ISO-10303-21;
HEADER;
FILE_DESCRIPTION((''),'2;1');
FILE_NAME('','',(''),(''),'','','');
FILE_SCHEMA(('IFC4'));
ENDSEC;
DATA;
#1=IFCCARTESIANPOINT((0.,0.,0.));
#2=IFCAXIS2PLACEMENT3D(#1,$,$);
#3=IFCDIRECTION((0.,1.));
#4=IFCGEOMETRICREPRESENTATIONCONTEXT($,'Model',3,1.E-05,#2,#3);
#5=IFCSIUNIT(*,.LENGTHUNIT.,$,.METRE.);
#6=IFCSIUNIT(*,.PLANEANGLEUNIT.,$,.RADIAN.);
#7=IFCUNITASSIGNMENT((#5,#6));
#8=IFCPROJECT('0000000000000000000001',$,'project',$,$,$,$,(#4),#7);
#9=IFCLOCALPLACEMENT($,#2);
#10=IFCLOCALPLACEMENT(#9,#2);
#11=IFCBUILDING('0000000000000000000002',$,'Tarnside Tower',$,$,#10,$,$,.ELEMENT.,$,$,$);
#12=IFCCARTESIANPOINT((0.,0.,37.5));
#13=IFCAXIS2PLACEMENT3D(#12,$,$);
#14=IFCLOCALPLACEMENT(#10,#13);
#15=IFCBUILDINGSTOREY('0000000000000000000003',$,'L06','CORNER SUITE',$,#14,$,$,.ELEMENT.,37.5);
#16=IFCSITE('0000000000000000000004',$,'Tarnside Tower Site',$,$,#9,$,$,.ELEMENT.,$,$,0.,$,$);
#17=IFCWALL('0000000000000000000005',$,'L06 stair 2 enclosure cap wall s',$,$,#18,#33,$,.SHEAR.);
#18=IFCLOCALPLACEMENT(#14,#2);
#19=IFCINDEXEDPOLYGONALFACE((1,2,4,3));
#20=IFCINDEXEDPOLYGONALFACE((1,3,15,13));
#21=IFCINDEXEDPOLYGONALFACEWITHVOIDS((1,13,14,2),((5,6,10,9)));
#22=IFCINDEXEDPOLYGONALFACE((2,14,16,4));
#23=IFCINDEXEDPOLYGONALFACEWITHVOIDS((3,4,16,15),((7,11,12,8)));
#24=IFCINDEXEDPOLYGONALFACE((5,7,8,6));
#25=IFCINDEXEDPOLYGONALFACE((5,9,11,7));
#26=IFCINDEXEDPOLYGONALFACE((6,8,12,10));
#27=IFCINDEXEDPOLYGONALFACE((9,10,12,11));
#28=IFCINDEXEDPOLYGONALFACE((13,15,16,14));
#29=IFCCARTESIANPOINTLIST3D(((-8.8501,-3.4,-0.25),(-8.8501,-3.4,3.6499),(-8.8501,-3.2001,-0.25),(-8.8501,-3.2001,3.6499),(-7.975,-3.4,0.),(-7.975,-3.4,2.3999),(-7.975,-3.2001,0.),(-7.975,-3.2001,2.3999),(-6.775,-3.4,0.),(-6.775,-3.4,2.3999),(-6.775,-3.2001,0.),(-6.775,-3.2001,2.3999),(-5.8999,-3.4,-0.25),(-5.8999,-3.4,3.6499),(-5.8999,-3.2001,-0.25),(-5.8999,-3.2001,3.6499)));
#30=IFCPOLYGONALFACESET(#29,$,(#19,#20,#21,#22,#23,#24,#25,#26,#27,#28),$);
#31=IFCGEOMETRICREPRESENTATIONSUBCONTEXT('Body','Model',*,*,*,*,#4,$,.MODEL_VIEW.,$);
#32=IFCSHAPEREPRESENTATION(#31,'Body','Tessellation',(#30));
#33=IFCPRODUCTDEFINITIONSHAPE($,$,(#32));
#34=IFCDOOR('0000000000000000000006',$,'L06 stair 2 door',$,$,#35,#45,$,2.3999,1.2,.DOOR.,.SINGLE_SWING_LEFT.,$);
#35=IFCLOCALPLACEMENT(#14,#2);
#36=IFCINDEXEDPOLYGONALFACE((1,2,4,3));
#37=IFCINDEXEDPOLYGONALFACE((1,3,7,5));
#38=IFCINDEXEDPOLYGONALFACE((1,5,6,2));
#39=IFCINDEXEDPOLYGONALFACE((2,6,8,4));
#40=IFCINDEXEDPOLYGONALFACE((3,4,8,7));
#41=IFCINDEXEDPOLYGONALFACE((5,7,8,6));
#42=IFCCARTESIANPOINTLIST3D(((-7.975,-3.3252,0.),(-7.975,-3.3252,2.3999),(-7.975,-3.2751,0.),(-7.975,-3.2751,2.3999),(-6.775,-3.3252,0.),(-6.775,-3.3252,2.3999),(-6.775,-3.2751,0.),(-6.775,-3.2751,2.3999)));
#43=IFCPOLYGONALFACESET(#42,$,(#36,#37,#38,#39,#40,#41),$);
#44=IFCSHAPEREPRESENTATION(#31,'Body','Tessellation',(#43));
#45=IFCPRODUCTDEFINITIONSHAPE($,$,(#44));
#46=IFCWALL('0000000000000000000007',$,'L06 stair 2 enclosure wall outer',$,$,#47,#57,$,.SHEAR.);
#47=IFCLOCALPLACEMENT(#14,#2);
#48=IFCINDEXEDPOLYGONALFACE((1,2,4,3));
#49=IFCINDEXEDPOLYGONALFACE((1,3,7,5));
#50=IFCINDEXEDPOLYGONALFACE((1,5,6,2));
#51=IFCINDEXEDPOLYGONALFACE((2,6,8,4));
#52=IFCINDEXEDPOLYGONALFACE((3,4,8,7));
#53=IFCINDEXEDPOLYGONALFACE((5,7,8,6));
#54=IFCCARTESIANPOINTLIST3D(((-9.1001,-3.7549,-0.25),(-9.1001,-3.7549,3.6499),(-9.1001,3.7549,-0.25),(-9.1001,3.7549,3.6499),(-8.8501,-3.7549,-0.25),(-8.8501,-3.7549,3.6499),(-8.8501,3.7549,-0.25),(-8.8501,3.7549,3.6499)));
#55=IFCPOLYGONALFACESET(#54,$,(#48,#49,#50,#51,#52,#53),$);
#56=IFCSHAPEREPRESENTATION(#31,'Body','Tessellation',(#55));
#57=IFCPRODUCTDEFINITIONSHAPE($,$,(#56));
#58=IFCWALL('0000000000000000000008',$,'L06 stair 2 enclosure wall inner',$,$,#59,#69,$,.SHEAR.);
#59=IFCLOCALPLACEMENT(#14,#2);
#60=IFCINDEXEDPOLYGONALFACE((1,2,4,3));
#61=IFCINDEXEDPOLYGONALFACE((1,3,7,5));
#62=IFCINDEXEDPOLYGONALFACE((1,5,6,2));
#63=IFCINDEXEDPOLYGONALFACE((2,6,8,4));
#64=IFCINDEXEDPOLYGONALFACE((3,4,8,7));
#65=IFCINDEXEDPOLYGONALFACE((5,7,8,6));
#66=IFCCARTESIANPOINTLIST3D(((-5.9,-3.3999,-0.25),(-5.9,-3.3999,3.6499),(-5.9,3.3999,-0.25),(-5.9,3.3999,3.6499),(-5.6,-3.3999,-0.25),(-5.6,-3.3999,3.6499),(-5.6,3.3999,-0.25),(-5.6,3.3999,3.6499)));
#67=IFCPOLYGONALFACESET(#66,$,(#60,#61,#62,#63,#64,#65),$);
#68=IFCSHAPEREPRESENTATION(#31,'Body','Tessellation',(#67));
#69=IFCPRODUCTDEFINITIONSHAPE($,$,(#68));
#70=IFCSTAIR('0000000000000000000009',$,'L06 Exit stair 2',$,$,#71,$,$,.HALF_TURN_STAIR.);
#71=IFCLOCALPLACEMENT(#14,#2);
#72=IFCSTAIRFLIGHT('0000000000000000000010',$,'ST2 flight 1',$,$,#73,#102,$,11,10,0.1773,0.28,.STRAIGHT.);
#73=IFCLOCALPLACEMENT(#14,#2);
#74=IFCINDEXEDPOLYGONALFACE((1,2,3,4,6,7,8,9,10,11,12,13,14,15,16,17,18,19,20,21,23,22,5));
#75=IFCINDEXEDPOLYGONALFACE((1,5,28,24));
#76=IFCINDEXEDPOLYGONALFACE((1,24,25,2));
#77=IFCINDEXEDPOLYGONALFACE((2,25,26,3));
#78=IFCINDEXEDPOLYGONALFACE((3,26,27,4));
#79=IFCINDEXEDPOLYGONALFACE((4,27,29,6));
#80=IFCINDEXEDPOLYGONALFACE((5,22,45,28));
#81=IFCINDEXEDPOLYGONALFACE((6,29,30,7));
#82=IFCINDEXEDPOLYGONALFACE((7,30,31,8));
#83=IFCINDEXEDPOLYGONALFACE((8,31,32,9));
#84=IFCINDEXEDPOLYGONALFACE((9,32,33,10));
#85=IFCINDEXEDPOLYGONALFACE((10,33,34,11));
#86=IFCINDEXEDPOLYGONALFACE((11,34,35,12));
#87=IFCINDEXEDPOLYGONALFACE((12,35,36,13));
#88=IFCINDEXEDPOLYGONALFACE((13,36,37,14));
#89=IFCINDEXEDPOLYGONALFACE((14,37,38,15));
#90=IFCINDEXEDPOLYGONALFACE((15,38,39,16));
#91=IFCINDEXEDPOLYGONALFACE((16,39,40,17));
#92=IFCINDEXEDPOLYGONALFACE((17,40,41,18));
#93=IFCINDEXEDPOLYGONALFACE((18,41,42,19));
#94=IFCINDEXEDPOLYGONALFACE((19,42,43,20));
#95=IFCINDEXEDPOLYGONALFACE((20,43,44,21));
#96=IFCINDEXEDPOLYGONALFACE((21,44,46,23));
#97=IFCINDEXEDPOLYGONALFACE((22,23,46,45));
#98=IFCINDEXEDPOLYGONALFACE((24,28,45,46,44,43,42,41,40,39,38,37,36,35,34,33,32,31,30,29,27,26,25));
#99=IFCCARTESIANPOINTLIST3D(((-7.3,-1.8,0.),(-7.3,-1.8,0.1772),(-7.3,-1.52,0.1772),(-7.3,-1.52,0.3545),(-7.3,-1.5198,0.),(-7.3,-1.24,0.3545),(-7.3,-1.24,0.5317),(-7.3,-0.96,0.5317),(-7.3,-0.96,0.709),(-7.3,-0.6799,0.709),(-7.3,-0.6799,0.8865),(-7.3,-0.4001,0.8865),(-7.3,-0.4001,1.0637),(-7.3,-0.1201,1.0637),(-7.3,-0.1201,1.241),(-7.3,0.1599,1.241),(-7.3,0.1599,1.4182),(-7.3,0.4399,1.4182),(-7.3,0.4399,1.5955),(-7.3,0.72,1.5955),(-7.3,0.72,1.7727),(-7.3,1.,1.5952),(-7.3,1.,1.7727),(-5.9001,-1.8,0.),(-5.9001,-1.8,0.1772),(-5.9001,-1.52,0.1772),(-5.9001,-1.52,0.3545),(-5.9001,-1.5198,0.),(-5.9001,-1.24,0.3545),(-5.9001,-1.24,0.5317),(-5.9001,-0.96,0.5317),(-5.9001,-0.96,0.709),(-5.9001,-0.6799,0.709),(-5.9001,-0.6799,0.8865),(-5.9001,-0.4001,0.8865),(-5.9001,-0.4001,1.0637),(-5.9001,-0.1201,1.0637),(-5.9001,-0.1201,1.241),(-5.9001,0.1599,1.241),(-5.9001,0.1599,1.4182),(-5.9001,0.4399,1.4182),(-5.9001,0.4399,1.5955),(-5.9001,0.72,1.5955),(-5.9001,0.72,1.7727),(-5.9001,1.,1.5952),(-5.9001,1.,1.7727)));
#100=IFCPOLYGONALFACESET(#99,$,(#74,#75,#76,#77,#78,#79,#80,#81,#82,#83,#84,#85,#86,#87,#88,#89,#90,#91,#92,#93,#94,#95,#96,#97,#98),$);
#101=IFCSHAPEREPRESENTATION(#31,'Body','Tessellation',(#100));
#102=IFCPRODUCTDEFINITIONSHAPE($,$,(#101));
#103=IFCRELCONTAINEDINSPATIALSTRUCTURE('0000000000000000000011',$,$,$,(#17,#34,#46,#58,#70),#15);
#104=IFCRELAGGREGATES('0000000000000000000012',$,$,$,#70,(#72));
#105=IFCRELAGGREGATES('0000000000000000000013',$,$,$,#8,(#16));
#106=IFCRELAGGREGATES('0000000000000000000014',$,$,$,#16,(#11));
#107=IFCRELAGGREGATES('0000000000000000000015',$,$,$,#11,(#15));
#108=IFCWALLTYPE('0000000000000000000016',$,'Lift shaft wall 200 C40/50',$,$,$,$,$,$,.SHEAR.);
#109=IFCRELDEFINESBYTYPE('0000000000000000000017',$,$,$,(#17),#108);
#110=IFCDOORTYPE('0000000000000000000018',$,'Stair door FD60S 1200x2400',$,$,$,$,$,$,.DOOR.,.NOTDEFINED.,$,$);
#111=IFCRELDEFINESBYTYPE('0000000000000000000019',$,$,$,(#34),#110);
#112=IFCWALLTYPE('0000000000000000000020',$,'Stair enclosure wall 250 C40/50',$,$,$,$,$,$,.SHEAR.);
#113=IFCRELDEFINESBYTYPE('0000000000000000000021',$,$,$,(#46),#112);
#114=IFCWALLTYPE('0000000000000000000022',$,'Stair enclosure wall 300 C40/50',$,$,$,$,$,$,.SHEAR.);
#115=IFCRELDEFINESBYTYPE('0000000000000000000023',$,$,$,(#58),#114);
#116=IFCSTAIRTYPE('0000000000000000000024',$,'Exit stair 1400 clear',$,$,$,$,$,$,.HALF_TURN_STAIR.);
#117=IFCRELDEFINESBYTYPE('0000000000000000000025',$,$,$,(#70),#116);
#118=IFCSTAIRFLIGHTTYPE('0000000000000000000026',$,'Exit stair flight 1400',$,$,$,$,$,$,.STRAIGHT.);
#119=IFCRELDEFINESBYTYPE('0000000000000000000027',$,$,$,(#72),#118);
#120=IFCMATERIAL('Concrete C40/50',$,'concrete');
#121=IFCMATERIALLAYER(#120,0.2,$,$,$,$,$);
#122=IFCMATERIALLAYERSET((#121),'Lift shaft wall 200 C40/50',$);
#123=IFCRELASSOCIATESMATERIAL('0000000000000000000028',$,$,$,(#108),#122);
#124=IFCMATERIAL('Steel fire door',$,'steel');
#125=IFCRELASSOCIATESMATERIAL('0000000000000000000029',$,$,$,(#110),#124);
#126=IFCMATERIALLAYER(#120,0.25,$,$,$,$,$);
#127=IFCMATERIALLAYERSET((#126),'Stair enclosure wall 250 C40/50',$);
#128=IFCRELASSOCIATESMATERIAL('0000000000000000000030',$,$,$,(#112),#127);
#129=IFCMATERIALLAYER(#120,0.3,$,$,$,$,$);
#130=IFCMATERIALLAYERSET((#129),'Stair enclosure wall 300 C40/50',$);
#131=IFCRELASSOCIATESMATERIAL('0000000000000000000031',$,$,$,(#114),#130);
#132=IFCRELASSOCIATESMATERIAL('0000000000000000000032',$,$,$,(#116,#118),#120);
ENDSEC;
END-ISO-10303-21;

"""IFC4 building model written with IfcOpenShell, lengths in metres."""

from ifc_helpers import new_model, si_unit, direction, frame, frame_2d, origin, place, context, subcontext, project, spatial, polyline, rectangle, outline, extrude, material, layer, layer_set, type_object, element, fill, aggregate, save


model = new_model("IFC4")

# Units and contexts
model_context = context("Model", 3, precision=1e-05, world=origin(), true_north=direction((0.0, 1.0)))
body_context = subcontext(model_context, "Body", "Model", "MODEL_VIEW")
ifc_project = project(units=[si_unit("LENGTHUNIT", "METRE"), si_unit("PLANEANGLEUNIT", "RADIAN")], contexts=[model_context])

# Site, building, storey
site_placement = place(None, origin())
site = spatial("IfcSite", under=ifc_project, at=site_placement, Name="Tarnside Tower Site", CompositionType="ELEMENT", RefElevation=0.0)
building_placement = place(site_placement, origin())
building = spatial("IfcBuilding", under=site, at=building_placement, Name="Tarnside Tower", CompositionType="ELEMENT")
storey_placement = place(building_placement, frame((0.0, 0.0, 37.5)))
storey = spatial("IfcBuildingStorey", under=building, at=storey_placement, Name="L06", Description="CORNER SUITE", CompositionType="ELEMENT", Elevation=37.5)

# Shared definitions
ifc_material_1 = material(Name="Steel fire door", Category="steel")

# Shared definitions
ifc_material_2 = material(Name="Concrete C40/50", Category="concrete")

# Shared definitions
ifc_layer_1 = layer(ifc_material_2, 0.2)
ifc_layer_set_1 = layer_set([ifc_layer_1], Name="Lift shaft wall 200 C40/50")
wall_type_1 = type_object("IfcWallType", Name="Lift shaft wall 200 C40/50", PredefinedType="SHEAR", material=ifc_layer_set_1)

# Wall, opening, door
wall_1_placement = place(storey_placement, frame((-8.8501, -3.3, -0.25), z_axis=(0.0, 0.0, 1.0), x_axis=(1.0, 0.0, 0.0)))
wall_1 = element("IfcWall", 1, at=wall_1_placement, inside=storey, type_object=wall_type_1, Name="L06 stair 2 enclosure cap wall s", PredefinedType="SHEAR", context=body_context, shape_type="SweptSolid", body=[
    extrude(rectangle(XDim=2.9502, YDim=0.2, at=frame_2d((1.4751, 0.0))), origin(), (0.0, 0.0, 1.0), 3.8999),
])
opening_1_placement = place(wall_1_placement, frame((0.875, 0.0, 0.25)))
opening_1 = element("IfcOpeningElement", 2, at=opening_1_placement, cuts=wall_1, PredefinedType="OPENING", context=body_context, shape_type="SweptSolid", body=[
    extrude(rectangle(XDim=1.2, YDim=2.3999, at=frame_2d((0.6001, 1.2))), frame((0.0, 0.1099, 0.0), z_axis=(0.0, -1.0, 0.0), x_axis=(1.0, 0.0, 0.0)), (0.0, 0.0, 1.0), 0.22),
])
door_type_1 = type_object("IfcDoorType", Name="Stair door FD60S 1200x2400", OperationType="NOTDEFINED", PredefinedType="DOOR", material=ifc_material_1)
door_1_placement = place(opening_1_placement, origin())
door_1 = element("IfcDoor", 3, at=door_1_placement, inside=storey, type_object=door_type_1, Name="L06 stair 2 door", OperationType="SINGLE_SWING_LEFT", OverallHeight=2.3999, OverallWidth=1.2, PredefinedType="DOOR", context=body_context, shape_type="SweptSolid", body=[
    extrude(rectangle(XDim=1.2, YDim=2.3999, at=frame_2d((0.6001, 1.2))), frame((0.0, 0.0249, 0.0), z_axis=(0.0, -1.0, 0.0), x_axis=(1.0, 0.0, 0.0)), (0.0, 0.0, 1.0), 0.05),
])
fill(opening_1, door_1)

# Walls
ifc_layer_2 = layer(ifc_material_2, 0.25)
ifc_layer_set_2 = layer_set([ifc_layer_2], Name="Stair enclosure wall 250 C40/50")
wall_type_2 = type_object("IfcWallType", Name="Stair enclosure wall 250 C40/50", PredefinedType="SHEAR", material=ifc_layer_set_2)
wall_2_placement = place(storey_placement, frame((-8.9751, -3.7549, -0.25), z_axis=(0.0, 0.0, 1.0), x_axis=(0.0, 1.0, 0.0)))
element("IfcWall", 4, at=wall_2_placement, inside=storey, type_object=wall_type_2, Name="L06 stair 2 enclosure wall outer", PredefinedType="SHEAR", context=body_context, shape_type="SweptSolid", body=[
    extrude(rectangle(XDim=7.5098, YDim=0.25, at=frame_2d((3.7549, 0.0))), origin(), (0.0, 0.0, 1.0), 3.8999),
])
ifc_layer_3 = layer(ifc_material_2, 0.3)
ifc_layer_set_3 = layer_set([ifc_layer_3], Name="Stair enclosure wall 300 C40/50")
wall_type_3 = type_object("IfcWallType", Name="Stair enclosure wall 300 C40/50", PredefinedType="SHEAR", material=ifc_layer_set_3)
wall_3_placement = place(storey_placement, frame((-5.75, -3.3999, -0.25), z_axis=(0.0, 0.0, 1.0), x_axis=(0.0, 1.0, 0.0)))
element("IfcWall", 5, at=wall_3_placement, inside=storey, type_object=wall_type_3, Name="L06 stair 2 enclosure wall inner", PredefinedType="SHEAR", context=body_context, shape_type="SweptSolid", body=[
    extrude(rectangle(XDim=6.7998, YDim=0.3, at=frame_2d((3.3999, 0.0))), origin(), (0.0, 0.0, 1.0), 3.8999),
])

# Stair, stair flight
stair_type = type_object("IfcStairType", Name="Exit stair 1400 clear", PredefinedType="HALF_TURN_STAIR", material=ifc_material_2)
stair_placement = place(storey_placement, origin())
stair = element("IfcStair", 6, at=stair_placement, inside=storey, type_object=stair_type, Name="L06 Exit stair 2", PredefinedType="HALF_TURN_STAIR")
stair_flight_type = type_object("IfcStairFlightType", Name="Exit stair flight 1400", PredefinedType="STRAIGHT", material=ifc_material_2)
stair_flight_placement = place(storey_placement, frame((-6.6001, -1.8, 0.0), z_axis=(0.0, 0.0, 1.0), x_axis=(0.0, 1.0, 0.0)))
stair_flight = element("IfcStairFlight", 7, at=stair_flight_placement, type_object=stair_flight_type, Name="ST2 flight 1", NumberOfRisers=11, NumberOfTreads=10, PredefinedType="STRAIGHT", RiserHeight=0.1773, TreadLength=0.28, context=body_context, shape_type="SweptSolid", body=[
    extrude(outline(polyline([(0.0, 0.0), (0.0, 0.1772), (0.28, 0.1772), (0.28, 0.3545), (0.5601, 0.3545), (0.5601, 0.5317), (0.8401, 0.5317), (0.8401, 0.709), (1.1201, 0.709), (1.1201, 0.8865), (1.3999, 0.8865), (1.3999, 1.0637), (1.6799, 1.0637), (1.6799, 1.241), (1.96, 1.241), (1.96, 1.4182), (2.24, 1.4182), (2.24, 1.5955), (2.52, 1.5955), (2.52, 1.7727), (2.8, 1.7727), (2.8, 1.95), (2.8, 1.5952), (0.2803, 0.0), (0.0, 0.0)])), frame((0.0, 0.7, 0.0), z_axis=(0.0, -1.0, 0.0), x_axis=(1.0, 0.0, 0.0)), (0.0, 0.0, 1.0), 1.3999),
])
aggregate(stair, [stair_flight])

save(model, "model.ifc")
